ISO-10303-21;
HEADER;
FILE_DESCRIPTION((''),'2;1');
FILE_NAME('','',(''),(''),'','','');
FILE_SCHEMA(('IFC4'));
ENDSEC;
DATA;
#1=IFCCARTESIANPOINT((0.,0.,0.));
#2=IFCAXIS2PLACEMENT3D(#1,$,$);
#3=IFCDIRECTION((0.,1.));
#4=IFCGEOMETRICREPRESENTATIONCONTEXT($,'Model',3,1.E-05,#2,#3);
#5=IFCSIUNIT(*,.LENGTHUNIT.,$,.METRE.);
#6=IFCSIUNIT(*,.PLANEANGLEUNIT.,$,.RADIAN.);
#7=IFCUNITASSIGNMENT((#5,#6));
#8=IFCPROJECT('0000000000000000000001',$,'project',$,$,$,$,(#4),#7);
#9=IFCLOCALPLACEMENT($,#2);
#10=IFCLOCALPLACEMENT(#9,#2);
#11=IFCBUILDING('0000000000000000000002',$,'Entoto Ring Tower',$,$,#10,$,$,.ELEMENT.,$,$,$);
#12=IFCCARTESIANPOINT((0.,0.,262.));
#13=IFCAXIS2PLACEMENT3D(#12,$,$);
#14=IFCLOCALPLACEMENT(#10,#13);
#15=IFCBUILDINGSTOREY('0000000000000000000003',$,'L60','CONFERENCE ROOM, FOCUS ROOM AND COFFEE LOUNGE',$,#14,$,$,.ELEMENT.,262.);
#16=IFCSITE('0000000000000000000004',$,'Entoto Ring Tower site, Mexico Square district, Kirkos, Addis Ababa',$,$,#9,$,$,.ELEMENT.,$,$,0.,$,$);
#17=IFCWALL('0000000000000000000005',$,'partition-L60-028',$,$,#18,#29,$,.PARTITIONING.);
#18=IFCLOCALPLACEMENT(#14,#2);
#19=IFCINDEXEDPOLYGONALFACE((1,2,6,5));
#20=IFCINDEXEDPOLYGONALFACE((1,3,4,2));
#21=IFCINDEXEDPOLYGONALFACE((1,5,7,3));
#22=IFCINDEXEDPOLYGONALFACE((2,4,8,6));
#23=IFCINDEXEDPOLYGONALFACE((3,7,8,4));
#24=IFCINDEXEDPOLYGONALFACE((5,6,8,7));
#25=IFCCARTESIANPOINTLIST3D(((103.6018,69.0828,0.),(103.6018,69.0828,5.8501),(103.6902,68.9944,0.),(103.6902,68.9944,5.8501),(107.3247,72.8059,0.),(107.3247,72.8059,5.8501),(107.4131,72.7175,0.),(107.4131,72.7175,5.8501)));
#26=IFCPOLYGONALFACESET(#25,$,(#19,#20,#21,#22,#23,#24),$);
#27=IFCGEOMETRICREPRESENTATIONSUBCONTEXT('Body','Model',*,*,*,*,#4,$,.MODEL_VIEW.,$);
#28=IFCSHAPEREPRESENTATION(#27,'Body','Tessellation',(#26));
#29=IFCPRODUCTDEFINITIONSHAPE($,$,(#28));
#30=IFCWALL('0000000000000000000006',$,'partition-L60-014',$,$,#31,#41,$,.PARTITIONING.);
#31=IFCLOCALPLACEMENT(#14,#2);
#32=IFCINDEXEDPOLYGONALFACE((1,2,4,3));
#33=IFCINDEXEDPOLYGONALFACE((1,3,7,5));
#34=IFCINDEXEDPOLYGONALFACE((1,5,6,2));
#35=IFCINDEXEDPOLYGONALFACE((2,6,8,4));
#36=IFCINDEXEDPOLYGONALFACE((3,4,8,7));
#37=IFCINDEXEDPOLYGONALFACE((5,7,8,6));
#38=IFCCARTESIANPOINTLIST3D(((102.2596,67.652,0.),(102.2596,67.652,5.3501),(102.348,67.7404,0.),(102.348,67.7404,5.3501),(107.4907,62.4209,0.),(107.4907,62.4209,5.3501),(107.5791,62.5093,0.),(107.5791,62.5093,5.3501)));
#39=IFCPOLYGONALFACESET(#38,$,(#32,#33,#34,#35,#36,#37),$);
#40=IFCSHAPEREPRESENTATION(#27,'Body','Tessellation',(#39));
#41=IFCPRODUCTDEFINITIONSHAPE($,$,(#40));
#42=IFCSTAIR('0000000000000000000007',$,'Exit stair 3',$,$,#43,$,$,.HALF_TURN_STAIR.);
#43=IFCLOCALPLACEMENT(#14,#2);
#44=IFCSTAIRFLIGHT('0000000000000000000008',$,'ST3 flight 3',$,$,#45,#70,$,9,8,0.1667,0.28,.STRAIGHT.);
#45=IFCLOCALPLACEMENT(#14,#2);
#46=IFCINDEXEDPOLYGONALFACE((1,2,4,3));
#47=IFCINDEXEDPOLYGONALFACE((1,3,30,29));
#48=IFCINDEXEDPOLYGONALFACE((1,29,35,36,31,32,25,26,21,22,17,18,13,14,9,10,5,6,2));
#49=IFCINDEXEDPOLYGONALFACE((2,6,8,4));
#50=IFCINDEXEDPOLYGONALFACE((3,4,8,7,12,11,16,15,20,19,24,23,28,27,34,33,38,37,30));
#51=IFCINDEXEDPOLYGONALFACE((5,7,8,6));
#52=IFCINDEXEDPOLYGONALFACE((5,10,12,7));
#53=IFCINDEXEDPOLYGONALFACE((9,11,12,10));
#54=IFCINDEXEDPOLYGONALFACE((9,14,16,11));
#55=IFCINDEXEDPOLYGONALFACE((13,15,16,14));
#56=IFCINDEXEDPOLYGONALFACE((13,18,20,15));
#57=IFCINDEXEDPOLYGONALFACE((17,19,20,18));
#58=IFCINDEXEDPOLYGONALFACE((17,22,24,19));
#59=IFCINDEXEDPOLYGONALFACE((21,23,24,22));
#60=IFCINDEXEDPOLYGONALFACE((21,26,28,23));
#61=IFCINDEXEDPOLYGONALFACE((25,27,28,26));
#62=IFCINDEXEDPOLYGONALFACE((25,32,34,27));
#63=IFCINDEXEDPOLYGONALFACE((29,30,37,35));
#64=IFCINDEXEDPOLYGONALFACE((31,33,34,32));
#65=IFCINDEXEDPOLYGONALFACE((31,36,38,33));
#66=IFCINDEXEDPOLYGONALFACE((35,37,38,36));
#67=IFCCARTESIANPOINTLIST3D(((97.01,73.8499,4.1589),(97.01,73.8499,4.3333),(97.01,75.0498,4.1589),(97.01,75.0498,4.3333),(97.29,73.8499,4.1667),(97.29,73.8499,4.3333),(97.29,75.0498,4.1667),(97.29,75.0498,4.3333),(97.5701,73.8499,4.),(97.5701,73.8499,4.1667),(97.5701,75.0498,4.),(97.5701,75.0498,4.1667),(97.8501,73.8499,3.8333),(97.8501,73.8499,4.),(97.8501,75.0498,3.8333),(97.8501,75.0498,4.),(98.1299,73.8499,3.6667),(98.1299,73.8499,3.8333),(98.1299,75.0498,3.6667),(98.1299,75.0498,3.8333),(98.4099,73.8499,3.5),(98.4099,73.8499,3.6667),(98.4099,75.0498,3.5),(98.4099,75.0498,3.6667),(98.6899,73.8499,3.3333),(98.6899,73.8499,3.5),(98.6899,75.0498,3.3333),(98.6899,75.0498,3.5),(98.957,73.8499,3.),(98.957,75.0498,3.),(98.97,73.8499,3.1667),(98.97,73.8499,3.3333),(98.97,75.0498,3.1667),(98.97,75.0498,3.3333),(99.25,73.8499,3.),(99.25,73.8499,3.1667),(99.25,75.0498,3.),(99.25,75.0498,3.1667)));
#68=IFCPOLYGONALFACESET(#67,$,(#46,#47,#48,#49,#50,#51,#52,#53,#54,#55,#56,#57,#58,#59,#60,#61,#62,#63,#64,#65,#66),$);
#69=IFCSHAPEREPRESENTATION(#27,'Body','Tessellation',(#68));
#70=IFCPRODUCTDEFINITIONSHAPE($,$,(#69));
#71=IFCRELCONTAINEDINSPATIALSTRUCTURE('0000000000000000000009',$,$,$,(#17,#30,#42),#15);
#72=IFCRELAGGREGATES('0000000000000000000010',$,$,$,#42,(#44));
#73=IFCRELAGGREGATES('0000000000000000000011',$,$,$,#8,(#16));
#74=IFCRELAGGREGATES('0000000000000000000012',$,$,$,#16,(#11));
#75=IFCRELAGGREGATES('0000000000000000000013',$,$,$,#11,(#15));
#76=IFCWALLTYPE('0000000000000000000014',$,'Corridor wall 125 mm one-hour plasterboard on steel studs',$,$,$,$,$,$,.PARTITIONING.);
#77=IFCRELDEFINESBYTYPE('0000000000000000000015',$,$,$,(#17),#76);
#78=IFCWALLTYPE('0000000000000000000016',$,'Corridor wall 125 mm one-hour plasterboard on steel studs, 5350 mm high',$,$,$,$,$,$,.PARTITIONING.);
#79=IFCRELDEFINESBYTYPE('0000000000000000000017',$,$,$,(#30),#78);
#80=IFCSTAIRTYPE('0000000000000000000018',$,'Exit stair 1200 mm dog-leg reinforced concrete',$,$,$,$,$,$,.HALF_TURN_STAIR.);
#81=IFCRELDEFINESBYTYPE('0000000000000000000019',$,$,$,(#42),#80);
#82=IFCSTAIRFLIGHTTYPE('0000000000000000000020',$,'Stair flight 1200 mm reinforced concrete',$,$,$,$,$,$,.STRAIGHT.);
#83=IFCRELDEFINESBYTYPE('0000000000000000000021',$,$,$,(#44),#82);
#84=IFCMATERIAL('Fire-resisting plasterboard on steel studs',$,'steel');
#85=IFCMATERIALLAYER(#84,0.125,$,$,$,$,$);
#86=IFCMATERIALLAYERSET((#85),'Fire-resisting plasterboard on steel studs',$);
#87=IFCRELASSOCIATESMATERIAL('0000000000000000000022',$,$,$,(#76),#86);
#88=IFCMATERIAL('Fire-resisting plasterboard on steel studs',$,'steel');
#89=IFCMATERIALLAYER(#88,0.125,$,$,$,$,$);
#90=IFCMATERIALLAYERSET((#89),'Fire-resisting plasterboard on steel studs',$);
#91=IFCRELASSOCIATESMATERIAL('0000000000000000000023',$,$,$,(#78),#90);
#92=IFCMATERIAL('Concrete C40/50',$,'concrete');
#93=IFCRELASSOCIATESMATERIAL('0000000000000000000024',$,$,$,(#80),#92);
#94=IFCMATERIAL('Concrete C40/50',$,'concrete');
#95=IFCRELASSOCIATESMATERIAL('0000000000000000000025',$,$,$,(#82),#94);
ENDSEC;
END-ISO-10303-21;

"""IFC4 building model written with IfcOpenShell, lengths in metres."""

from ifc_helpers import new_model, si_unit, direction, frame, frame_2d, origin, place, context, subcontext, project, spatial, polyline, rectangle, outline, extrude, material, layer, layer_set, type_object, element, aggregate, save


model = new_model("IFC4")

# Units and contexts
model_context = context("Model", 3, precision=1e-05, world=origin(), true_north=direction((0.0, 1.0)))
body_context = subcontext(model_context, "Body", "Model", "MODEL_VIEW")
ifc_project = project(units=[si_unit("LENGTHUNIT", "METRE"), si_unit("PLANEANGLEUNIT", "RADIAN")], contexts=[model_context])

# Site, building, storey
site_placement = place(None, origin())
site = spatial("IfcSite", under=ifc_project, at=site_placement, Name="Entoto Ring Tower site, Mexico Square district, Kirkos, Addis Ababa", CompositionType="ELEMENT", RefElevation=0.0)
building_placement = place(site_placement, origin())
building = spatial("IfcBuilding", under=site, at=building_placement, Name="Entoto Ring Tower", CompositionType="ELEMENT")
storey_placement = place(building_placement, frame((0.0, 0.0, 262.0)))
storey = spatial("IfcBuildingStorey", under=building, at=storey_placement, Name="L60", Description="CONFERENCE ROOM, FOCUS ROOM AND COFFEE LOUNGE", CompositionType="ELEMENT", Elevation=262.0)

# Shared definitions
ifc_material_1 = material(Name="Fire-resisting plasterboard on steel studs", Category="steel")
ifc_layer_1 = layer(ifc_material_1, 0.125)
ifc_layer_set_1 = layer_set([ifc_layer_1], Name="Fire-resisting plasterboard on steel studs")
wall_type_1 = type_object("IfcWallType", Name="Corridor wall 125 mm one-hour plasterboard on steel studs", PredefinedType="PARTITIONING", material=ifc_layer_set_1)

# Walls
wall_1_placement = place(storey_placement, frame((103.646, 69.0386, 0.0), z_axis=(0.0, 0.0, 1.0), x_axis=(0.707084, 0.70713, 0.0)))
element("IfcWall", 1, at=wall_1_placement, inside=storey, type_object=wall_type_1, Name="partition-L60-028", PredefinedType="PARTITIONING", context=body_context, shape_type="SweptSolid", body=[
    extrude(rectangle(XDim=5.2651, YDim=0.125, at=frame_2d((2.6326, 0.0))), origin(), (0.0, 0.0, 1.0), 5.8501),
])
ifc_material_2 = material(Name="Fire-resisting plasterboard on steel studs", Category="steel")
ifc_layer_2 = layer(ifc_material_2, 0.125)
ifc_layer_set_2 = layer_set([ifc_layer_2], Name="Fire-resisting plasterboard on steel studs")
wall_type_2 = type_object("IfcWallType", Name="Corridor wall 125 mm one-hour plasterboard on steel studs, 5350 mm high", PredefinedType="PARTITIONING", material=ifc_layer_set_2)
wall_2_placement = place(storey_placement, frame((107.5349, 62.4651, 0.0), z_axis=(0.0, 0.0, 1.0), x_axis=(-0.707107, 0.707107, 0.0)))
element("IfcWall", 2, at=wall_2_placement, inside=storey, type_object=wall_type_2, Name="partition-L60-014", PredefinedType="PARTITIONING", context=body_context, shape_type="SweptSolid", body=[
    extrude(rectangle(XDim=7.3979, YDim=0.125, at=frame_2d((3.699, 0.0))), origin(), (0.0, 0.0, 1.0), 5.3501),
])

# Stair, stair flight
ifc_material_3 = material(Name="Concrete C40/50", Category="concrete")
stair_type = type_object("IfcStairType", Name="Exit stair 1200 mm dog-leg reinforced concrete", PredefinedType="HALF_TURN_STAIR", material=ifc_material_3)
stair_placement = place(storey_placement, origin())
stair = element("IfcStair", 3, at=stair_placement, inside=storey, type_object=stair_type, Name="Exit stair 3", PredefinedType="HALF_TURN_STAIR")
ifc_material_4 = material(Name="Concrete C40/50", Category="concrete")
stair_flight_type = type_object("IfcStairFlightType", Name="Stair flight 1200 mm reinforced concrete", PredefinedType="STRAIGHT", material=ifc_material_4)
stair_flight_placement = place(storey_placement, frame((99.25, 74.45, 3.0), z_axis=(0.0, 0.0, 1.0), x_axis=(-1.0, 0.0, 0.0)))
stair_flight = element("IfcStairFlight", 4, at=stair_flight_placement, type_object=stair_flight_type, Name="ST3 flight 3", NumberOfRisers=9, NumberOfTreads=8, PredefinedType="STRAIGHT", RiserHeight=0.1667, TreadLength=0.28, context=body_context, shape_type="SweptSolid", body=[
    extrude(outline(polyline([(0.0, 0.0), (0.0, 0.1667), (0.28, 0.1667), (0.28, 0.3333), (0.5601, 0.3333), (0.5601, 0.5), (0.8401, 0.5), (0.8401, 0.6667), (1.1201, 0.6667), (1.1201, 0.8333), (1.3999, 0.8333), (1.3999, 1.0), (1.6799, 1.0), (1.6799, 1.1667), (1.96, 1.1667), (1.96, 1.3333), (2.24, 1.3333), (2.24, 1.5), (2.24, 1.1589), (0.293, 0.0), (0.0, 0.0)])), frame((0.0, 0.6001, 0.0), z_axis=(0.0, -1.0, 0.0), x_axis=(1.0, 0.0, 0.0)), (0.0, 0.0, 1.0), 1.2),
])
aggregate(stair, [stair_flight])

save(model, "model.ifc")
